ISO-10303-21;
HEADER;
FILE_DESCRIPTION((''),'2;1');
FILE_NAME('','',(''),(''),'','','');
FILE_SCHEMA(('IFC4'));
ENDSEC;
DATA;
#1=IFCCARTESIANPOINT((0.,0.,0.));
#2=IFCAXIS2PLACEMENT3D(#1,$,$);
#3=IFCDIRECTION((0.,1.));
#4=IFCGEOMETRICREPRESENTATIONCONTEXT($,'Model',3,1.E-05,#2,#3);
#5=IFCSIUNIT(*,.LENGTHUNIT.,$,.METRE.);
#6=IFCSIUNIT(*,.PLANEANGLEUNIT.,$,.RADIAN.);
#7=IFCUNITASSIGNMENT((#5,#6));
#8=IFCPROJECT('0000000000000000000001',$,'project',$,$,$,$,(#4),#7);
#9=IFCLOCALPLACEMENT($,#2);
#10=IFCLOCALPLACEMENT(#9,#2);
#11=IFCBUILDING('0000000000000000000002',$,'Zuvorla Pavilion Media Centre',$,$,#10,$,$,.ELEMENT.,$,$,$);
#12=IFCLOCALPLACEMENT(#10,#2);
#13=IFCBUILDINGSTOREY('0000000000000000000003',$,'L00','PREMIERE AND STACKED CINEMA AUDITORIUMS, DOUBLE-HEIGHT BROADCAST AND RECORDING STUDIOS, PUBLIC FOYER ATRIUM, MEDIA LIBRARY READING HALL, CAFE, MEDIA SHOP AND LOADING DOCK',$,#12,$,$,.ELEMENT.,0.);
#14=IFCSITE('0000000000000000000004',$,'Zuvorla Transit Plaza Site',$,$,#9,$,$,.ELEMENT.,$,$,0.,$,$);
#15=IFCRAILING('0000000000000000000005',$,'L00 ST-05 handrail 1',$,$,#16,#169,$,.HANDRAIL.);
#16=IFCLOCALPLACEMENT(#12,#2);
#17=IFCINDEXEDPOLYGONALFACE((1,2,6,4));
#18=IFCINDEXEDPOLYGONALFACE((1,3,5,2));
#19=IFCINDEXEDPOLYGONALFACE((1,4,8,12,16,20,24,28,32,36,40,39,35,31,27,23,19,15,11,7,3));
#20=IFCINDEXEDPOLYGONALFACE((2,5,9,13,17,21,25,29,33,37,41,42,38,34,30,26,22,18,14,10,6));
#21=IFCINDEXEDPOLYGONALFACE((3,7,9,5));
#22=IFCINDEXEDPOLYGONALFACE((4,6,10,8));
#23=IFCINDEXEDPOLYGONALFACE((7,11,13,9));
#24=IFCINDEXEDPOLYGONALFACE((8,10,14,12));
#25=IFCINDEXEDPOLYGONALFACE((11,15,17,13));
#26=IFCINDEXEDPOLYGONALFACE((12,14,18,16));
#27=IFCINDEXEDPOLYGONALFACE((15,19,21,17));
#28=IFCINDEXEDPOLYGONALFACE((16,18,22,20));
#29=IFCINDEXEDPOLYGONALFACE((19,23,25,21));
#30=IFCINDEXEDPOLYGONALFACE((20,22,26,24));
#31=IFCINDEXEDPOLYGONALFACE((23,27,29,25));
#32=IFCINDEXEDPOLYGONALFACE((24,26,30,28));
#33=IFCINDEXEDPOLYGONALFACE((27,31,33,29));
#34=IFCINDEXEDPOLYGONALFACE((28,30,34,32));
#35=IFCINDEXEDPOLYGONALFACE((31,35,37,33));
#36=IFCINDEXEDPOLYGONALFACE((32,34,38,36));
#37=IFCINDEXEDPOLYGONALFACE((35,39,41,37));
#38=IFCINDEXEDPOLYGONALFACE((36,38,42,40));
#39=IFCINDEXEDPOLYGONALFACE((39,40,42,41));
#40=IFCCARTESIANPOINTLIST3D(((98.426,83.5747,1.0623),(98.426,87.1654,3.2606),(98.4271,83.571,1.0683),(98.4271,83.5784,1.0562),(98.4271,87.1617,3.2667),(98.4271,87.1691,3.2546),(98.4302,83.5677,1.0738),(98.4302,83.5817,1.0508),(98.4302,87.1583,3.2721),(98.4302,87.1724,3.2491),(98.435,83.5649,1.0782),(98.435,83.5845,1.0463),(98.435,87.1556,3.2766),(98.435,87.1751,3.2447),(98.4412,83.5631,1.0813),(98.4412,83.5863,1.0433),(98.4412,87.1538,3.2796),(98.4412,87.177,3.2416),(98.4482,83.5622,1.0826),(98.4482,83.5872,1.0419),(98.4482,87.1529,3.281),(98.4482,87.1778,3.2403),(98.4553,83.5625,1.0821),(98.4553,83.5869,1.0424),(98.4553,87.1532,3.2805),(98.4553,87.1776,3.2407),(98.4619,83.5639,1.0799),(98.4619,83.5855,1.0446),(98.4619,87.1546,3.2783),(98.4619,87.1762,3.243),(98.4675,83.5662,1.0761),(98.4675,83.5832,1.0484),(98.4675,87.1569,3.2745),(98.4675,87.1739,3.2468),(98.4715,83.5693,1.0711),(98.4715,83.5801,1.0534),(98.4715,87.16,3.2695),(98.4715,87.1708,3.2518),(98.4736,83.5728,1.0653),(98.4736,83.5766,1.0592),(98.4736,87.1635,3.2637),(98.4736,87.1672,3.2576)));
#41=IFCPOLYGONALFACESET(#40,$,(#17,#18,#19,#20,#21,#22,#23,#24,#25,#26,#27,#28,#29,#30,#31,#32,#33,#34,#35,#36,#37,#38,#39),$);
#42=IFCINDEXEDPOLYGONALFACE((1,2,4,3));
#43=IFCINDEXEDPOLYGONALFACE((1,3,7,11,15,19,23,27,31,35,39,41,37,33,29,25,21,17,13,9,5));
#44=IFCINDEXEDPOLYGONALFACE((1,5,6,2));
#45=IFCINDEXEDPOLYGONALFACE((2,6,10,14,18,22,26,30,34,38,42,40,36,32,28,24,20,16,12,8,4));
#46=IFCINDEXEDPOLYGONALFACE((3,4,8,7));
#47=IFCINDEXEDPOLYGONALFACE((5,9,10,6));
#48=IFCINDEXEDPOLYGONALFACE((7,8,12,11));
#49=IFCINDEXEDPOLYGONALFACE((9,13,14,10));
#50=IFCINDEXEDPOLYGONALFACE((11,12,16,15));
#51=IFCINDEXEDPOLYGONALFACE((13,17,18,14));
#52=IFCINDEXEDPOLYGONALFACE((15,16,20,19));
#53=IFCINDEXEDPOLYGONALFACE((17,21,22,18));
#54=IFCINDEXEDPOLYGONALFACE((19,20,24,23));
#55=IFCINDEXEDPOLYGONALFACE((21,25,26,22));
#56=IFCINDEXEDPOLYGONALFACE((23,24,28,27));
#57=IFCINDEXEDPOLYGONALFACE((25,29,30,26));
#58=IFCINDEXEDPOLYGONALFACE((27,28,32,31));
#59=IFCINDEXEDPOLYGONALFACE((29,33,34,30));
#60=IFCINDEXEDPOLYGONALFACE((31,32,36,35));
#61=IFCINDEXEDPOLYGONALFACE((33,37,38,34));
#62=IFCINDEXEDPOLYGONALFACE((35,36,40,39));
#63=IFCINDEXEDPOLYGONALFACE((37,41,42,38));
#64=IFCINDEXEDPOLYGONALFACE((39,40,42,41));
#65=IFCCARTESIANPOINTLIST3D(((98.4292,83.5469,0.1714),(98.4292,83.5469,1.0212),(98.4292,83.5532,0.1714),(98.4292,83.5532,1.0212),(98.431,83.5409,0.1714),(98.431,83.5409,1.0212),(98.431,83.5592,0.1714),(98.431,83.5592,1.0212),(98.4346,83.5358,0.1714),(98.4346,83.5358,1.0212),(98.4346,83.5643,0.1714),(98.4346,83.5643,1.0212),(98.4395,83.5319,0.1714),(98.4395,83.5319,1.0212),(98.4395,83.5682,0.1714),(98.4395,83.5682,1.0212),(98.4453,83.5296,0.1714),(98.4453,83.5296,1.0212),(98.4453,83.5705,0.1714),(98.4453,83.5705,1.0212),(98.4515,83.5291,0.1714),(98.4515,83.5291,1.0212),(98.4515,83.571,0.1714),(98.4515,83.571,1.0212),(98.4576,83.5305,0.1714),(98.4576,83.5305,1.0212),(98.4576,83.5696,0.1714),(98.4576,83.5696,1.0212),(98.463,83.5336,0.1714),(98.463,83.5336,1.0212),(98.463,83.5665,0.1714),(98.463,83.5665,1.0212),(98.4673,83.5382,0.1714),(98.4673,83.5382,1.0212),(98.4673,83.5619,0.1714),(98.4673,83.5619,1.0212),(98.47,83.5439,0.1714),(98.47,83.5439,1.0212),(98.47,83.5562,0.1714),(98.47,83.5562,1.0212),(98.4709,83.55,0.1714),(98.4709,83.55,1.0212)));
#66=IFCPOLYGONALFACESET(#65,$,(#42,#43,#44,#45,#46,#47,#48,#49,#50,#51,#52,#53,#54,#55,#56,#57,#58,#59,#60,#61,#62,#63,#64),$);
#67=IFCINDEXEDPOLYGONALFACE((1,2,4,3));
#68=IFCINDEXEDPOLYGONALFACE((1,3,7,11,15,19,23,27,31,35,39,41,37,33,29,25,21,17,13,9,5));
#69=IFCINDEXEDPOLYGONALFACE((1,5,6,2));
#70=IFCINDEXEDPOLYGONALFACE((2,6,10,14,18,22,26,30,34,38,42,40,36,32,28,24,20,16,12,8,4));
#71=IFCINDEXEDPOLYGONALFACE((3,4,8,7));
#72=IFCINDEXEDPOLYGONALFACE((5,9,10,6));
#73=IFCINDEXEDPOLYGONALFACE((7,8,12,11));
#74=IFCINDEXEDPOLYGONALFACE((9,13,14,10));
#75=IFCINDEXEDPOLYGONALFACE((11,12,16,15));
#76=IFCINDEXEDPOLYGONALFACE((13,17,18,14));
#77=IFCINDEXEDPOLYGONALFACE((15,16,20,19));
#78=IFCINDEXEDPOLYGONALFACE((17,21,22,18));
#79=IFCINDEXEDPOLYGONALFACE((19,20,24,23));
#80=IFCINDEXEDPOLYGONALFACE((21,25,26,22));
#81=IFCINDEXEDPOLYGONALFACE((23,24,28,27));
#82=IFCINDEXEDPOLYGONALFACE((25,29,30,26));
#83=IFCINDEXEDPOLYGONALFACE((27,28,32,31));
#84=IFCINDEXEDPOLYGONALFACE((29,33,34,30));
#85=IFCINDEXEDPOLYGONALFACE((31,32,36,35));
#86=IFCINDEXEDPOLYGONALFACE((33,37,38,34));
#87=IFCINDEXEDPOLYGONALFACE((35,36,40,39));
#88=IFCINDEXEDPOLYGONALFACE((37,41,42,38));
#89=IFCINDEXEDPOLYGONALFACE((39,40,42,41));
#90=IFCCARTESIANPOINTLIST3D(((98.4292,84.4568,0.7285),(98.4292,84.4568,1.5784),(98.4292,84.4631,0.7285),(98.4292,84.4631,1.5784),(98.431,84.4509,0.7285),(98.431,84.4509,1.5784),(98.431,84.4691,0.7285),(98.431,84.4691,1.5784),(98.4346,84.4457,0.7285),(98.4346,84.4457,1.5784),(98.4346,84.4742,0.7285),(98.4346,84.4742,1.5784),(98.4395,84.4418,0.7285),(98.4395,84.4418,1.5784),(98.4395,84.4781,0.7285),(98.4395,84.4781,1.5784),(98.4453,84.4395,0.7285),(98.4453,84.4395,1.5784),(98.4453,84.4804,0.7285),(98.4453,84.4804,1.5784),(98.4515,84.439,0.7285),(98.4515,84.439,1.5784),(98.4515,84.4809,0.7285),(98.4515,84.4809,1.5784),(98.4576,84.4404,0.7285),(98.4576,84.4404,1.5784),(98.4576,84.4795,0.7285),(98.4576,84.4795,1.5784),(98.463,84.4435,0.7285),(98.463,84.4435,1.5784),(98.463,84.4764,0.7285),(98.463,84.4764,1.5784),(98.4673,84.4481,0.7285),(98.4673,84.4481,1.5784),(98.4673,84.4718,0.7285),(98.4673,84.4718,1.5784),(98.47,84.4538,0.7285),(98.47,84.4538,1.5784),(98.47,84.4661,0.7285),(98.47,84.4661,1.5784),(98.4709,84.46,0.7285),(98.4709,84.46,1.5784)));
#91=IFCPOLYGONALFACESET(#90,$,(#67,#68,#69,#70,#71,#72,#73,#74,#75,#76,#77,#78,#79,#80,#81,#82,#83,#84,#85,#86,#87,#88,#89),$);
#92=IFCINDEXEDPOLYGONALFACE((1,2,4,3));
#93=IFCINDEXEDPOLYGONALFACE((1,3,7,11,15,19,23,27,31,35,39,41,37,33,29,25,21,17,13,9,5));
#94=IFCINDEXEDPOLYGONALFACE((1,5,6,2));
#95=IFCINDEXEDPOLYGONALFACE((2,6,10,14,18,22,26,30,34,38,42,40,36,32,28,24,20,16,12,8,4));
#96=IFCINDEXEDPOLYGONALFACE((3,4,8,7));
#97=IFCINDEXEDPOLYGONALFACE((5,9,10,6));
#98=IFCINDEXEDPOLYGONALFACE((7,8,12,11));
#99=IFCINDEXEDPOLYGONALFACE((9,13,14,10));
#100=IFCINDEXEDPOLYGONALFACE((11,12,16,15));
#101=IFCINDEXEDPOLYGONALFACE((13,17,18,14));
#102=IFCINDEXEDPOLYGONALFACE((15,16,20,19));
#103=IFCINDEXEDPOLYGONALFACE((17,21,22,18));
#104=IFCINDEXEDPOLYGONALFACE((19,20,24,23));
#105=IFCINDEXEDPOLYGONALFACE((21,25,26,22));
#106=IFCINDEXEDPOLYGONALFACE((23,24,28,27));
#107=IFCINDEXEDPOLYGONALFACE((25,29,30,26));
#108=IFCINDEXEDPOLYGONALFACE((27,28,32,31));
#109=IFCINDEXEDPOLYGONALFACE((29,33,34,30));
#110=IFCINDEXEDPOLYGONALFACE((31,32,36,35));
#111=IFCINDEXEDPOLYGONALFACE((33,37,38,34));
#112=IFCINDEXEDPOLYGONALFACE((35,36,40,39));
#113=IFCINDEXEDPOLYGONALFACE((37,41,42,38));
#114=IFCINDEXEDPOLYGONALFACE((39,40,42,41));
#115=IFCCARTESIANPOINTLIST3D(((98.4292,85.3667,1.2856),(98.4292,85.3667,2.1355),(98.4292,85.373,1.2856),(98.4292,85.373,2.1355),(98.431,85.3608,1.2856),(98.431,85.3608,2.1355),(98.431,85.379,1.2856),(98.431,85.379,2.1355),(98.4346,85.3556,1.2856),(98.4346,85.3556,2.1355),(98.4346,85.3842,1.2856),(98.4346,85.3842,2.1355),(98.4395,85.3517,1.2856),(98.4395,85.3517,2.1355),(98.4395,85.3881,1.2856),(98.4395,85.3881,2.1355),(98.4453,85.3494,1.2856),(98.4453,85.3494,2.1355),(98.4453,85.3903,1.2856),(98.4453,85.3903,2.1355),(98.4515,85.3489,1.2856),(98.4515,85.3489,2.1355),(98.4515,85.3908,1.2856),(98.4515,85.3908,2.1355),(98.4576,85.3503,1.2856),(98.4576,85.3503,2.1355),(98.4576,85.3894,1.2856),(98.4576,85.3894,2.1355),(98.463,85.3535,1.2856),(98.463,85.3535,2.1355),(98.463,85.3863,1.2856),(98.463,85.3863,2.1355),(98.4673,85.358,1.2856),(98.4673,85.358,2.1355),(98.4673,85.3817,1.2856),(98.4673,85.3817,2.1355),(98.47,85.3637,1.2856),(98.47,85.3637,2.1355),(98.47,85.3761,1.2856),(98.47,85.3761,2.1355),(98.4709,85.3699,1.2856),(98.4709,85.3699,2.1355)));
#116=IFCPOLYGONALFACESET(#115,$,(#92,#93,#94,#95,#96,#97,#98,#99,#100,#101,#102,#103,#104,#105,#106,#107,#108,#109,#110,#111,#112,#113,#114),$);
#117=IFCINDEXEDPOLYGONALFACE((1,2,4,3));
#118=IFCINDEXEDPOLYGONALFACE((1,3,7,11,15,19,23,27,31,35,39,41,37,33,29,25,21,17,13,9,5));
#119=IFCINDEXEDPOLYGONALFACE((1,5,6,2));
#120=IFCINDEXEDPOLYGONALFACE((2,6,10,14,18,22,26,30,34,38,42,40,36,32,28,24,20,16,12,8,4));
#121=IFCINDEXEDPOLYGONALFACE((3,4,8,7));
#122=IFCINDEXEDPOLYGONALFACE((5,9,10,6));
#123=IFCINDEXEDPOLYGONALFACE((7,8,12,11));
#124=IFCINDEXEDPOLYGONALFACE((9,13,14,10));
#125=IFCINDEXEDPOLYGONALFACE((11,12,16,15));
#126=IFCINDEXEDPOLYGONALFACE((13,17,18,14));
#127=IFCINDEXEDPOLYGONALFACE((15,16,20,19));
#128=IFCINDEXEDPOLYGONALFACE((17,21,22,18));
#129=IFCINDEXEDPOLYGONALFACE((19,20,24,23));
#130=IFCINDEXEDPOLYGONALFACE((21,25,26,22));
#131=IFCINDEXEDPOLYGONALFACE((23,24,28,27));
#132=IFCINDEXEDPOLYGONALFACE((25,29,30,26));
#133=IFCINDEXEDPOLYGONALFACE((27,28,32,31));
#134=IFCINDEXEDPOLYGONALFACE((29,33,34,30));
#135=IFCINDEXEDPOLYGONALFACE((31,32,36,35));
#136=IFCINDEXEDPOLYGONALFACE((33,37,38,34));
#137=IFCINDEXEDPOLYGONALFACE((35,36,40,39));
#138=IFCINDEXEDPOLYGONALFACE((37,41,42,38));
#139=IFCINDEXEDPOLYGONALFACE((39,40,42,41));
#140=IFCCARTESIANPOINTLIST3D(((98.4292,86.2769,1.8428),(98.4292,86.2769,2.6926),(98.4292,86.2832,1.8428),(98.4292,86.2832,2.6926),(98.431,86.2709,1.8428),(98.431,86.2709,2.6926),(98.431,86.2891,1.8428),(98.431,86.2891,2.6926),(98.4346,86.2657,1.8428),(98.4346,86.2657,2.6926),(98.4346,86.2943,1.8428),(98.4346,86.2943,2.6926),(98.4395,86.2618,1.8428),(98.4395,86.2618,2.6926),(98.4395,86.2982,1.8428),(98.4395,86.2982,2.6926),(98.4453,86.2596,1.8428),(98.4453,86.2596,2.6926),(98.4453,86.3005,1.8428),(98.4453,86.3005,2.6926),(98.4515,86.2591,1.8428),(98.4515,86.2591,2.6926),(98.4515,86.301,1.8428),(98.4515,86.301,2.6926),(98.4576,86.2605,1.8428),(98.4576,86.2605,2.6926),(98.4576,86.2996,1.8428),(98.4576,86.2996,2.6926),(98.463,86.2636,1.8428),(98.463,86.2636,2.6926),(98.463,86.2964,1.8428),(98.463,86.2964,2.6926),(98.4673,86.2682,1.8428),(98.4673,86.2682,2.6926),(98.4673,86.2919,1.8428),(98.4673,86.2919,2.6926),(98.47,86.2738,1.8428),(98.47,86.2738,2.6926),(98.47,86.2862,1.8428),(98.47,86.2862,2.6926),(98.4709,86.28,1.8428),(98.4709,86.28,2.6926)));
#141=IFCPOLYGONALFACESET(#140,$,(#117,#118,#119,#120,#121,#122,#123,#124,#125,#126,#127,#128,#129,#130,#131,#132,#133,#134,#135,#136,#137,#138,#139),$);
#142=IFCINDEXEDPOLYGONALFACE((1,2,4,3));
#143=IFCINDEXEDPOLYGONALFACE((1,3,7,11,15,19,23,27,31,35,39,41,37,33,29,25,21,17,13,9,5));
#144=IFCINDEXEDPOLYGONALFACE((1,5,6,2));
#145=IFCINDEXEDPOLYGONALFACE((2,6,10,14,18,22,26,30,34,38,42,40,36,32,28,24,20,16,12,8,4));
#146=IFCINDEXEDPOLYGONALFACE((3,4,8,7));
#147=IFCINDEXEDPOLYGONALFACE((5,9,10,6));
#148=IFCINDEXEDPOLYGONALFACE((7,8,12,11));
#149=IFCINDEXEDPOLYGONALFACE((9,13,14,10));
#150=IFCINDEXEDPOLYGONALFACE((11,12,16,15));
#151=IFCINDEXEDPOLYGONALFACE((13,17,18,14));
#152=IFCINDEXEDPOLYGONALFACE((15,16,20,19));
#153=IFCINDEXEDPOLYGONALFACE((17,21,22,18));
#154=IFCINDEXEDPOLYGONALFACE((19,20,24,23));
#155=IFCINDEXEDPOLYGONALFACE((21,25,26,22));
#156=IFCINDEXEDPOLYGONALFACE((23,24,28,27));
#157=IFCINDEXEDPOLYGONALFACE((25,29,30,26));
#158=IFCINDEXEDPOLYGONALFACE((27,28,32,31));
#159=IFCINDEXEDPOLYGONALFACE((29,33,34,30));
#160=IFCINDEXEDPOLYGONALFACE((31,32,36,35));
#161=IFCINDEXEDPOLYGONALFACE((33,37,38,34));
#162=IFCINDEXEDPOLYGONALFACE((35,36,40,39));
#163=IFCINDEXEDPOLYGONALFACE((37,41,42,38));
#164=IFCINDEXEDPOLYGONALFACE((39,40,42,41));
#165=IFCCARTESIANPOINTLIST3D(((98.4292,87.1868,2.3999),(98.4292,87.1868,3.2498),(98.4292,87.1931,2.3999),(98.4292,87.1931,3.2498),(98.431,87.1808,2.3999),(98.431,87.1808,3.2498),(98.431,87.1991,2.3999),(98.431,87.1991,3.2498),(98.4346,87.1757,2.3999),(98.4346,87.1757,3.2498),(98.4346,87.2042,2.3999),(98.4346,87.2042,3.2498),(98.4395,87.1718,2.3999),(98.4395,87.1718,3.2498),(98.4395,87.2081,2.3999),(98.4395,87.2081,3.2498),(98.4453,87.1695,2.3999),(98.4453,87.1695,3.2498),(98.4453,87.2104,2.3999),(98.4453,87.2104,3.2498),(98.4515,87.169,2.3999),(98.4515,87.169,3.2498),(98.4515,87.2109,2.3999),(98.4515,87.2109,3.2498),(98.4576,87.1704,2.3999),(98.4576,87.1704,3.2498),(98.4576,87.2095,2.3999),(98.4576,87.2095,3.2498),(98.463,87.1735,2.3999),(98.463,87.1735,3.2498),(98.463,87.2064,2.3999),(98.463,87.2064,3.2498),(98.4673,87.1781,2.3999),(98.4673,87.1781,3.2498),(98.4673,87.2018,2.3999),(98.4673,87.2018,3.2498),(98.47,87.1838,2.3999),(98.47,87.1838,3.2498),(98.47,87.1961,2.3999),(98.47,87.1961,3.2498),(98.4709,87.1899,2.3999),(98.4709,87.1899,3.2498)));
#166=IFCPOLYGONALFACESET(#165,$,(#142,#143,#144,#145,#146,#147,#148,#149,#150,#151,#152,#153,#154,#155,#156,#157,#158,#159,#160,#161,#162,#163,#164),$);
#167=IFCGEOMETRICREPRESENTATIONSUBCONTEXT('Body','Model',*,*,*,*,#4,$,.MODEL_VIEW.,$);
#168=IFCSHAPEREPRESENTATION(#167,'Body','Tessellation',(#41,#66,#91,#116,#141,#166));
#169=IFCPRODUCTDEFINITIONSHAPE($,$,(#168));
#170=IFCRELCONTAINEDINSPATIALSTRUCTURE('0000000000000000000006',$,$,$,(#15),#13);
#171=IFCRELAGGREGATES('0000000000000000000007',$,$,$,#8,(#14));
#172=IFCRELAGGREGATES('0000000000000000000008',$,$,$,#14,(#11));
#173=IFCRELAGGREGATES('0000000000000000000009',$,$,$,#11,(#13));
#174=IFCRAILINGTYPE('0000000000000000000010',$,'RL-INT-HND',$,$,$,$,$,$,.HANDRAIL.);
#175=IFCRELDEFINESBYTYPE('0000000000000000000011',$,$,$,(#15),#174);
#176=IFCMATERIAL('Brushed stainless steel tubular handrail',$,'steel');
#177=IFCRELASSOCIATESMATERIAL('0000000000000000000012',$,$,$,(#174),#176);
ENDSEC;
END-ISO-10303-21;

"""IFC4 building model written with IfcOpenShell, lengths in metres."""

from ifc_helpers import new_model, si_unit, direction, frame, origin, origin_2d, place, context, subcontext, project, spatial, circle, extrude, material, type_object, element, save


model = new_model("IFC4")

# Units and contexts
model_context = context("Model", 3, precision=1e-05, world=origin(), true_north=direction((0.0, 1.0)))
body_context = subcontext(model_context, "Body", "Model", "MODEL_VIEW")
ifc_project = project(units=[si_unit("LENGTHUNIT", "METRE"), si_unit("PLANEANGLEUNIT", "RADIAN")], contexts=[model_context])

# Site, building, storey
site_placement = place(None, origin())
site = spatial("IfcSite", under=ifc_project, at=site_placement, Name="Zuvorla Transit Plaza Site", CompositionType="ELEMENT", RefElevation=0.0)
building_placement = place(site_placement, origin())
building = spatial("IfcBuilding", under=site, at=building_placement, Name="Zuvorla Pavilion Media Centre", CompositionType="ELEMENT")
storey_placement = place(building_placement, origin())
storey = spatial("IfcBuildingStorey", under=building, at=storey_placement, Name="L00", Description="PREMIERE AND STACKED CINEMA AUDITORIUMS, DOUBLE-HEIGHT BROADCAST AND RECORDING STUDIOS, PUBLIC FOYER ATRIUM, MEDIA LIBRARY READING HALL, CAFE, MEDIA SHOP AND LOADING DOCK", CompositionType="ELEMENT", Elevation=0.0)

# Railing
ifc_material_1 = material(Name="Brushed stainless steel tubular handrail", Category="steel")
railing_type_1 = type_object("IfcRailingType", Name="RL-INT-HND", PredefinedType="HANDRAIL", material=ifc_material_1)
railing_1_placement = place(storey_placement, frame((98.45, 83.55, 0.1714)))
element("IfcRailing", 1, at=railing_1_placement, inside=storey, type_object=railing_type_1, Name="L00 ST-05 handrail 1", PredefinedType="HANDRAIL", context=body_context, shape_type="SweptSolid", body=[
    extrude(circle(Radius=0.0239, at=origin_2d()), frame((0.0, 0.0247, 0.8909), z_axis=(0.0, 0.85285, 0.522156), x_axis=(-1.0, 0.0, 0.0)), (0.0, 0.0, 1.0), 4.2102),
    extrude(circle(Radius=0.021, at=origin_2d()), origin(), (0.0, 0.0, 1.0), 0.8499),
    extrude(circle(Radius=0.021, at=origin_2d()), frame((0.0, 0.9099, 0.5571)), (0.0, 0.0, 1.0), 0.8499),
    extrude(circle(Radius=0.021, at=origin_2d()), frame((0.0, 1.8198, 1.1143)), (0.0, 0.0, 1.0), 0.8499),
    extrude(circle(Radius=0.021, at=origin_2d()), frame((0.0, 2.73, 1.6714)), (0.0, 0.0, 1.0), 0.8499),
    extrude(circle(Radius=0.021, at=origin_2d()), frame((0.0, 3.6399, 2.2285)), (0.0, 0.0, 1.0), 0.8499),
])

save(model, "model.ifc")
